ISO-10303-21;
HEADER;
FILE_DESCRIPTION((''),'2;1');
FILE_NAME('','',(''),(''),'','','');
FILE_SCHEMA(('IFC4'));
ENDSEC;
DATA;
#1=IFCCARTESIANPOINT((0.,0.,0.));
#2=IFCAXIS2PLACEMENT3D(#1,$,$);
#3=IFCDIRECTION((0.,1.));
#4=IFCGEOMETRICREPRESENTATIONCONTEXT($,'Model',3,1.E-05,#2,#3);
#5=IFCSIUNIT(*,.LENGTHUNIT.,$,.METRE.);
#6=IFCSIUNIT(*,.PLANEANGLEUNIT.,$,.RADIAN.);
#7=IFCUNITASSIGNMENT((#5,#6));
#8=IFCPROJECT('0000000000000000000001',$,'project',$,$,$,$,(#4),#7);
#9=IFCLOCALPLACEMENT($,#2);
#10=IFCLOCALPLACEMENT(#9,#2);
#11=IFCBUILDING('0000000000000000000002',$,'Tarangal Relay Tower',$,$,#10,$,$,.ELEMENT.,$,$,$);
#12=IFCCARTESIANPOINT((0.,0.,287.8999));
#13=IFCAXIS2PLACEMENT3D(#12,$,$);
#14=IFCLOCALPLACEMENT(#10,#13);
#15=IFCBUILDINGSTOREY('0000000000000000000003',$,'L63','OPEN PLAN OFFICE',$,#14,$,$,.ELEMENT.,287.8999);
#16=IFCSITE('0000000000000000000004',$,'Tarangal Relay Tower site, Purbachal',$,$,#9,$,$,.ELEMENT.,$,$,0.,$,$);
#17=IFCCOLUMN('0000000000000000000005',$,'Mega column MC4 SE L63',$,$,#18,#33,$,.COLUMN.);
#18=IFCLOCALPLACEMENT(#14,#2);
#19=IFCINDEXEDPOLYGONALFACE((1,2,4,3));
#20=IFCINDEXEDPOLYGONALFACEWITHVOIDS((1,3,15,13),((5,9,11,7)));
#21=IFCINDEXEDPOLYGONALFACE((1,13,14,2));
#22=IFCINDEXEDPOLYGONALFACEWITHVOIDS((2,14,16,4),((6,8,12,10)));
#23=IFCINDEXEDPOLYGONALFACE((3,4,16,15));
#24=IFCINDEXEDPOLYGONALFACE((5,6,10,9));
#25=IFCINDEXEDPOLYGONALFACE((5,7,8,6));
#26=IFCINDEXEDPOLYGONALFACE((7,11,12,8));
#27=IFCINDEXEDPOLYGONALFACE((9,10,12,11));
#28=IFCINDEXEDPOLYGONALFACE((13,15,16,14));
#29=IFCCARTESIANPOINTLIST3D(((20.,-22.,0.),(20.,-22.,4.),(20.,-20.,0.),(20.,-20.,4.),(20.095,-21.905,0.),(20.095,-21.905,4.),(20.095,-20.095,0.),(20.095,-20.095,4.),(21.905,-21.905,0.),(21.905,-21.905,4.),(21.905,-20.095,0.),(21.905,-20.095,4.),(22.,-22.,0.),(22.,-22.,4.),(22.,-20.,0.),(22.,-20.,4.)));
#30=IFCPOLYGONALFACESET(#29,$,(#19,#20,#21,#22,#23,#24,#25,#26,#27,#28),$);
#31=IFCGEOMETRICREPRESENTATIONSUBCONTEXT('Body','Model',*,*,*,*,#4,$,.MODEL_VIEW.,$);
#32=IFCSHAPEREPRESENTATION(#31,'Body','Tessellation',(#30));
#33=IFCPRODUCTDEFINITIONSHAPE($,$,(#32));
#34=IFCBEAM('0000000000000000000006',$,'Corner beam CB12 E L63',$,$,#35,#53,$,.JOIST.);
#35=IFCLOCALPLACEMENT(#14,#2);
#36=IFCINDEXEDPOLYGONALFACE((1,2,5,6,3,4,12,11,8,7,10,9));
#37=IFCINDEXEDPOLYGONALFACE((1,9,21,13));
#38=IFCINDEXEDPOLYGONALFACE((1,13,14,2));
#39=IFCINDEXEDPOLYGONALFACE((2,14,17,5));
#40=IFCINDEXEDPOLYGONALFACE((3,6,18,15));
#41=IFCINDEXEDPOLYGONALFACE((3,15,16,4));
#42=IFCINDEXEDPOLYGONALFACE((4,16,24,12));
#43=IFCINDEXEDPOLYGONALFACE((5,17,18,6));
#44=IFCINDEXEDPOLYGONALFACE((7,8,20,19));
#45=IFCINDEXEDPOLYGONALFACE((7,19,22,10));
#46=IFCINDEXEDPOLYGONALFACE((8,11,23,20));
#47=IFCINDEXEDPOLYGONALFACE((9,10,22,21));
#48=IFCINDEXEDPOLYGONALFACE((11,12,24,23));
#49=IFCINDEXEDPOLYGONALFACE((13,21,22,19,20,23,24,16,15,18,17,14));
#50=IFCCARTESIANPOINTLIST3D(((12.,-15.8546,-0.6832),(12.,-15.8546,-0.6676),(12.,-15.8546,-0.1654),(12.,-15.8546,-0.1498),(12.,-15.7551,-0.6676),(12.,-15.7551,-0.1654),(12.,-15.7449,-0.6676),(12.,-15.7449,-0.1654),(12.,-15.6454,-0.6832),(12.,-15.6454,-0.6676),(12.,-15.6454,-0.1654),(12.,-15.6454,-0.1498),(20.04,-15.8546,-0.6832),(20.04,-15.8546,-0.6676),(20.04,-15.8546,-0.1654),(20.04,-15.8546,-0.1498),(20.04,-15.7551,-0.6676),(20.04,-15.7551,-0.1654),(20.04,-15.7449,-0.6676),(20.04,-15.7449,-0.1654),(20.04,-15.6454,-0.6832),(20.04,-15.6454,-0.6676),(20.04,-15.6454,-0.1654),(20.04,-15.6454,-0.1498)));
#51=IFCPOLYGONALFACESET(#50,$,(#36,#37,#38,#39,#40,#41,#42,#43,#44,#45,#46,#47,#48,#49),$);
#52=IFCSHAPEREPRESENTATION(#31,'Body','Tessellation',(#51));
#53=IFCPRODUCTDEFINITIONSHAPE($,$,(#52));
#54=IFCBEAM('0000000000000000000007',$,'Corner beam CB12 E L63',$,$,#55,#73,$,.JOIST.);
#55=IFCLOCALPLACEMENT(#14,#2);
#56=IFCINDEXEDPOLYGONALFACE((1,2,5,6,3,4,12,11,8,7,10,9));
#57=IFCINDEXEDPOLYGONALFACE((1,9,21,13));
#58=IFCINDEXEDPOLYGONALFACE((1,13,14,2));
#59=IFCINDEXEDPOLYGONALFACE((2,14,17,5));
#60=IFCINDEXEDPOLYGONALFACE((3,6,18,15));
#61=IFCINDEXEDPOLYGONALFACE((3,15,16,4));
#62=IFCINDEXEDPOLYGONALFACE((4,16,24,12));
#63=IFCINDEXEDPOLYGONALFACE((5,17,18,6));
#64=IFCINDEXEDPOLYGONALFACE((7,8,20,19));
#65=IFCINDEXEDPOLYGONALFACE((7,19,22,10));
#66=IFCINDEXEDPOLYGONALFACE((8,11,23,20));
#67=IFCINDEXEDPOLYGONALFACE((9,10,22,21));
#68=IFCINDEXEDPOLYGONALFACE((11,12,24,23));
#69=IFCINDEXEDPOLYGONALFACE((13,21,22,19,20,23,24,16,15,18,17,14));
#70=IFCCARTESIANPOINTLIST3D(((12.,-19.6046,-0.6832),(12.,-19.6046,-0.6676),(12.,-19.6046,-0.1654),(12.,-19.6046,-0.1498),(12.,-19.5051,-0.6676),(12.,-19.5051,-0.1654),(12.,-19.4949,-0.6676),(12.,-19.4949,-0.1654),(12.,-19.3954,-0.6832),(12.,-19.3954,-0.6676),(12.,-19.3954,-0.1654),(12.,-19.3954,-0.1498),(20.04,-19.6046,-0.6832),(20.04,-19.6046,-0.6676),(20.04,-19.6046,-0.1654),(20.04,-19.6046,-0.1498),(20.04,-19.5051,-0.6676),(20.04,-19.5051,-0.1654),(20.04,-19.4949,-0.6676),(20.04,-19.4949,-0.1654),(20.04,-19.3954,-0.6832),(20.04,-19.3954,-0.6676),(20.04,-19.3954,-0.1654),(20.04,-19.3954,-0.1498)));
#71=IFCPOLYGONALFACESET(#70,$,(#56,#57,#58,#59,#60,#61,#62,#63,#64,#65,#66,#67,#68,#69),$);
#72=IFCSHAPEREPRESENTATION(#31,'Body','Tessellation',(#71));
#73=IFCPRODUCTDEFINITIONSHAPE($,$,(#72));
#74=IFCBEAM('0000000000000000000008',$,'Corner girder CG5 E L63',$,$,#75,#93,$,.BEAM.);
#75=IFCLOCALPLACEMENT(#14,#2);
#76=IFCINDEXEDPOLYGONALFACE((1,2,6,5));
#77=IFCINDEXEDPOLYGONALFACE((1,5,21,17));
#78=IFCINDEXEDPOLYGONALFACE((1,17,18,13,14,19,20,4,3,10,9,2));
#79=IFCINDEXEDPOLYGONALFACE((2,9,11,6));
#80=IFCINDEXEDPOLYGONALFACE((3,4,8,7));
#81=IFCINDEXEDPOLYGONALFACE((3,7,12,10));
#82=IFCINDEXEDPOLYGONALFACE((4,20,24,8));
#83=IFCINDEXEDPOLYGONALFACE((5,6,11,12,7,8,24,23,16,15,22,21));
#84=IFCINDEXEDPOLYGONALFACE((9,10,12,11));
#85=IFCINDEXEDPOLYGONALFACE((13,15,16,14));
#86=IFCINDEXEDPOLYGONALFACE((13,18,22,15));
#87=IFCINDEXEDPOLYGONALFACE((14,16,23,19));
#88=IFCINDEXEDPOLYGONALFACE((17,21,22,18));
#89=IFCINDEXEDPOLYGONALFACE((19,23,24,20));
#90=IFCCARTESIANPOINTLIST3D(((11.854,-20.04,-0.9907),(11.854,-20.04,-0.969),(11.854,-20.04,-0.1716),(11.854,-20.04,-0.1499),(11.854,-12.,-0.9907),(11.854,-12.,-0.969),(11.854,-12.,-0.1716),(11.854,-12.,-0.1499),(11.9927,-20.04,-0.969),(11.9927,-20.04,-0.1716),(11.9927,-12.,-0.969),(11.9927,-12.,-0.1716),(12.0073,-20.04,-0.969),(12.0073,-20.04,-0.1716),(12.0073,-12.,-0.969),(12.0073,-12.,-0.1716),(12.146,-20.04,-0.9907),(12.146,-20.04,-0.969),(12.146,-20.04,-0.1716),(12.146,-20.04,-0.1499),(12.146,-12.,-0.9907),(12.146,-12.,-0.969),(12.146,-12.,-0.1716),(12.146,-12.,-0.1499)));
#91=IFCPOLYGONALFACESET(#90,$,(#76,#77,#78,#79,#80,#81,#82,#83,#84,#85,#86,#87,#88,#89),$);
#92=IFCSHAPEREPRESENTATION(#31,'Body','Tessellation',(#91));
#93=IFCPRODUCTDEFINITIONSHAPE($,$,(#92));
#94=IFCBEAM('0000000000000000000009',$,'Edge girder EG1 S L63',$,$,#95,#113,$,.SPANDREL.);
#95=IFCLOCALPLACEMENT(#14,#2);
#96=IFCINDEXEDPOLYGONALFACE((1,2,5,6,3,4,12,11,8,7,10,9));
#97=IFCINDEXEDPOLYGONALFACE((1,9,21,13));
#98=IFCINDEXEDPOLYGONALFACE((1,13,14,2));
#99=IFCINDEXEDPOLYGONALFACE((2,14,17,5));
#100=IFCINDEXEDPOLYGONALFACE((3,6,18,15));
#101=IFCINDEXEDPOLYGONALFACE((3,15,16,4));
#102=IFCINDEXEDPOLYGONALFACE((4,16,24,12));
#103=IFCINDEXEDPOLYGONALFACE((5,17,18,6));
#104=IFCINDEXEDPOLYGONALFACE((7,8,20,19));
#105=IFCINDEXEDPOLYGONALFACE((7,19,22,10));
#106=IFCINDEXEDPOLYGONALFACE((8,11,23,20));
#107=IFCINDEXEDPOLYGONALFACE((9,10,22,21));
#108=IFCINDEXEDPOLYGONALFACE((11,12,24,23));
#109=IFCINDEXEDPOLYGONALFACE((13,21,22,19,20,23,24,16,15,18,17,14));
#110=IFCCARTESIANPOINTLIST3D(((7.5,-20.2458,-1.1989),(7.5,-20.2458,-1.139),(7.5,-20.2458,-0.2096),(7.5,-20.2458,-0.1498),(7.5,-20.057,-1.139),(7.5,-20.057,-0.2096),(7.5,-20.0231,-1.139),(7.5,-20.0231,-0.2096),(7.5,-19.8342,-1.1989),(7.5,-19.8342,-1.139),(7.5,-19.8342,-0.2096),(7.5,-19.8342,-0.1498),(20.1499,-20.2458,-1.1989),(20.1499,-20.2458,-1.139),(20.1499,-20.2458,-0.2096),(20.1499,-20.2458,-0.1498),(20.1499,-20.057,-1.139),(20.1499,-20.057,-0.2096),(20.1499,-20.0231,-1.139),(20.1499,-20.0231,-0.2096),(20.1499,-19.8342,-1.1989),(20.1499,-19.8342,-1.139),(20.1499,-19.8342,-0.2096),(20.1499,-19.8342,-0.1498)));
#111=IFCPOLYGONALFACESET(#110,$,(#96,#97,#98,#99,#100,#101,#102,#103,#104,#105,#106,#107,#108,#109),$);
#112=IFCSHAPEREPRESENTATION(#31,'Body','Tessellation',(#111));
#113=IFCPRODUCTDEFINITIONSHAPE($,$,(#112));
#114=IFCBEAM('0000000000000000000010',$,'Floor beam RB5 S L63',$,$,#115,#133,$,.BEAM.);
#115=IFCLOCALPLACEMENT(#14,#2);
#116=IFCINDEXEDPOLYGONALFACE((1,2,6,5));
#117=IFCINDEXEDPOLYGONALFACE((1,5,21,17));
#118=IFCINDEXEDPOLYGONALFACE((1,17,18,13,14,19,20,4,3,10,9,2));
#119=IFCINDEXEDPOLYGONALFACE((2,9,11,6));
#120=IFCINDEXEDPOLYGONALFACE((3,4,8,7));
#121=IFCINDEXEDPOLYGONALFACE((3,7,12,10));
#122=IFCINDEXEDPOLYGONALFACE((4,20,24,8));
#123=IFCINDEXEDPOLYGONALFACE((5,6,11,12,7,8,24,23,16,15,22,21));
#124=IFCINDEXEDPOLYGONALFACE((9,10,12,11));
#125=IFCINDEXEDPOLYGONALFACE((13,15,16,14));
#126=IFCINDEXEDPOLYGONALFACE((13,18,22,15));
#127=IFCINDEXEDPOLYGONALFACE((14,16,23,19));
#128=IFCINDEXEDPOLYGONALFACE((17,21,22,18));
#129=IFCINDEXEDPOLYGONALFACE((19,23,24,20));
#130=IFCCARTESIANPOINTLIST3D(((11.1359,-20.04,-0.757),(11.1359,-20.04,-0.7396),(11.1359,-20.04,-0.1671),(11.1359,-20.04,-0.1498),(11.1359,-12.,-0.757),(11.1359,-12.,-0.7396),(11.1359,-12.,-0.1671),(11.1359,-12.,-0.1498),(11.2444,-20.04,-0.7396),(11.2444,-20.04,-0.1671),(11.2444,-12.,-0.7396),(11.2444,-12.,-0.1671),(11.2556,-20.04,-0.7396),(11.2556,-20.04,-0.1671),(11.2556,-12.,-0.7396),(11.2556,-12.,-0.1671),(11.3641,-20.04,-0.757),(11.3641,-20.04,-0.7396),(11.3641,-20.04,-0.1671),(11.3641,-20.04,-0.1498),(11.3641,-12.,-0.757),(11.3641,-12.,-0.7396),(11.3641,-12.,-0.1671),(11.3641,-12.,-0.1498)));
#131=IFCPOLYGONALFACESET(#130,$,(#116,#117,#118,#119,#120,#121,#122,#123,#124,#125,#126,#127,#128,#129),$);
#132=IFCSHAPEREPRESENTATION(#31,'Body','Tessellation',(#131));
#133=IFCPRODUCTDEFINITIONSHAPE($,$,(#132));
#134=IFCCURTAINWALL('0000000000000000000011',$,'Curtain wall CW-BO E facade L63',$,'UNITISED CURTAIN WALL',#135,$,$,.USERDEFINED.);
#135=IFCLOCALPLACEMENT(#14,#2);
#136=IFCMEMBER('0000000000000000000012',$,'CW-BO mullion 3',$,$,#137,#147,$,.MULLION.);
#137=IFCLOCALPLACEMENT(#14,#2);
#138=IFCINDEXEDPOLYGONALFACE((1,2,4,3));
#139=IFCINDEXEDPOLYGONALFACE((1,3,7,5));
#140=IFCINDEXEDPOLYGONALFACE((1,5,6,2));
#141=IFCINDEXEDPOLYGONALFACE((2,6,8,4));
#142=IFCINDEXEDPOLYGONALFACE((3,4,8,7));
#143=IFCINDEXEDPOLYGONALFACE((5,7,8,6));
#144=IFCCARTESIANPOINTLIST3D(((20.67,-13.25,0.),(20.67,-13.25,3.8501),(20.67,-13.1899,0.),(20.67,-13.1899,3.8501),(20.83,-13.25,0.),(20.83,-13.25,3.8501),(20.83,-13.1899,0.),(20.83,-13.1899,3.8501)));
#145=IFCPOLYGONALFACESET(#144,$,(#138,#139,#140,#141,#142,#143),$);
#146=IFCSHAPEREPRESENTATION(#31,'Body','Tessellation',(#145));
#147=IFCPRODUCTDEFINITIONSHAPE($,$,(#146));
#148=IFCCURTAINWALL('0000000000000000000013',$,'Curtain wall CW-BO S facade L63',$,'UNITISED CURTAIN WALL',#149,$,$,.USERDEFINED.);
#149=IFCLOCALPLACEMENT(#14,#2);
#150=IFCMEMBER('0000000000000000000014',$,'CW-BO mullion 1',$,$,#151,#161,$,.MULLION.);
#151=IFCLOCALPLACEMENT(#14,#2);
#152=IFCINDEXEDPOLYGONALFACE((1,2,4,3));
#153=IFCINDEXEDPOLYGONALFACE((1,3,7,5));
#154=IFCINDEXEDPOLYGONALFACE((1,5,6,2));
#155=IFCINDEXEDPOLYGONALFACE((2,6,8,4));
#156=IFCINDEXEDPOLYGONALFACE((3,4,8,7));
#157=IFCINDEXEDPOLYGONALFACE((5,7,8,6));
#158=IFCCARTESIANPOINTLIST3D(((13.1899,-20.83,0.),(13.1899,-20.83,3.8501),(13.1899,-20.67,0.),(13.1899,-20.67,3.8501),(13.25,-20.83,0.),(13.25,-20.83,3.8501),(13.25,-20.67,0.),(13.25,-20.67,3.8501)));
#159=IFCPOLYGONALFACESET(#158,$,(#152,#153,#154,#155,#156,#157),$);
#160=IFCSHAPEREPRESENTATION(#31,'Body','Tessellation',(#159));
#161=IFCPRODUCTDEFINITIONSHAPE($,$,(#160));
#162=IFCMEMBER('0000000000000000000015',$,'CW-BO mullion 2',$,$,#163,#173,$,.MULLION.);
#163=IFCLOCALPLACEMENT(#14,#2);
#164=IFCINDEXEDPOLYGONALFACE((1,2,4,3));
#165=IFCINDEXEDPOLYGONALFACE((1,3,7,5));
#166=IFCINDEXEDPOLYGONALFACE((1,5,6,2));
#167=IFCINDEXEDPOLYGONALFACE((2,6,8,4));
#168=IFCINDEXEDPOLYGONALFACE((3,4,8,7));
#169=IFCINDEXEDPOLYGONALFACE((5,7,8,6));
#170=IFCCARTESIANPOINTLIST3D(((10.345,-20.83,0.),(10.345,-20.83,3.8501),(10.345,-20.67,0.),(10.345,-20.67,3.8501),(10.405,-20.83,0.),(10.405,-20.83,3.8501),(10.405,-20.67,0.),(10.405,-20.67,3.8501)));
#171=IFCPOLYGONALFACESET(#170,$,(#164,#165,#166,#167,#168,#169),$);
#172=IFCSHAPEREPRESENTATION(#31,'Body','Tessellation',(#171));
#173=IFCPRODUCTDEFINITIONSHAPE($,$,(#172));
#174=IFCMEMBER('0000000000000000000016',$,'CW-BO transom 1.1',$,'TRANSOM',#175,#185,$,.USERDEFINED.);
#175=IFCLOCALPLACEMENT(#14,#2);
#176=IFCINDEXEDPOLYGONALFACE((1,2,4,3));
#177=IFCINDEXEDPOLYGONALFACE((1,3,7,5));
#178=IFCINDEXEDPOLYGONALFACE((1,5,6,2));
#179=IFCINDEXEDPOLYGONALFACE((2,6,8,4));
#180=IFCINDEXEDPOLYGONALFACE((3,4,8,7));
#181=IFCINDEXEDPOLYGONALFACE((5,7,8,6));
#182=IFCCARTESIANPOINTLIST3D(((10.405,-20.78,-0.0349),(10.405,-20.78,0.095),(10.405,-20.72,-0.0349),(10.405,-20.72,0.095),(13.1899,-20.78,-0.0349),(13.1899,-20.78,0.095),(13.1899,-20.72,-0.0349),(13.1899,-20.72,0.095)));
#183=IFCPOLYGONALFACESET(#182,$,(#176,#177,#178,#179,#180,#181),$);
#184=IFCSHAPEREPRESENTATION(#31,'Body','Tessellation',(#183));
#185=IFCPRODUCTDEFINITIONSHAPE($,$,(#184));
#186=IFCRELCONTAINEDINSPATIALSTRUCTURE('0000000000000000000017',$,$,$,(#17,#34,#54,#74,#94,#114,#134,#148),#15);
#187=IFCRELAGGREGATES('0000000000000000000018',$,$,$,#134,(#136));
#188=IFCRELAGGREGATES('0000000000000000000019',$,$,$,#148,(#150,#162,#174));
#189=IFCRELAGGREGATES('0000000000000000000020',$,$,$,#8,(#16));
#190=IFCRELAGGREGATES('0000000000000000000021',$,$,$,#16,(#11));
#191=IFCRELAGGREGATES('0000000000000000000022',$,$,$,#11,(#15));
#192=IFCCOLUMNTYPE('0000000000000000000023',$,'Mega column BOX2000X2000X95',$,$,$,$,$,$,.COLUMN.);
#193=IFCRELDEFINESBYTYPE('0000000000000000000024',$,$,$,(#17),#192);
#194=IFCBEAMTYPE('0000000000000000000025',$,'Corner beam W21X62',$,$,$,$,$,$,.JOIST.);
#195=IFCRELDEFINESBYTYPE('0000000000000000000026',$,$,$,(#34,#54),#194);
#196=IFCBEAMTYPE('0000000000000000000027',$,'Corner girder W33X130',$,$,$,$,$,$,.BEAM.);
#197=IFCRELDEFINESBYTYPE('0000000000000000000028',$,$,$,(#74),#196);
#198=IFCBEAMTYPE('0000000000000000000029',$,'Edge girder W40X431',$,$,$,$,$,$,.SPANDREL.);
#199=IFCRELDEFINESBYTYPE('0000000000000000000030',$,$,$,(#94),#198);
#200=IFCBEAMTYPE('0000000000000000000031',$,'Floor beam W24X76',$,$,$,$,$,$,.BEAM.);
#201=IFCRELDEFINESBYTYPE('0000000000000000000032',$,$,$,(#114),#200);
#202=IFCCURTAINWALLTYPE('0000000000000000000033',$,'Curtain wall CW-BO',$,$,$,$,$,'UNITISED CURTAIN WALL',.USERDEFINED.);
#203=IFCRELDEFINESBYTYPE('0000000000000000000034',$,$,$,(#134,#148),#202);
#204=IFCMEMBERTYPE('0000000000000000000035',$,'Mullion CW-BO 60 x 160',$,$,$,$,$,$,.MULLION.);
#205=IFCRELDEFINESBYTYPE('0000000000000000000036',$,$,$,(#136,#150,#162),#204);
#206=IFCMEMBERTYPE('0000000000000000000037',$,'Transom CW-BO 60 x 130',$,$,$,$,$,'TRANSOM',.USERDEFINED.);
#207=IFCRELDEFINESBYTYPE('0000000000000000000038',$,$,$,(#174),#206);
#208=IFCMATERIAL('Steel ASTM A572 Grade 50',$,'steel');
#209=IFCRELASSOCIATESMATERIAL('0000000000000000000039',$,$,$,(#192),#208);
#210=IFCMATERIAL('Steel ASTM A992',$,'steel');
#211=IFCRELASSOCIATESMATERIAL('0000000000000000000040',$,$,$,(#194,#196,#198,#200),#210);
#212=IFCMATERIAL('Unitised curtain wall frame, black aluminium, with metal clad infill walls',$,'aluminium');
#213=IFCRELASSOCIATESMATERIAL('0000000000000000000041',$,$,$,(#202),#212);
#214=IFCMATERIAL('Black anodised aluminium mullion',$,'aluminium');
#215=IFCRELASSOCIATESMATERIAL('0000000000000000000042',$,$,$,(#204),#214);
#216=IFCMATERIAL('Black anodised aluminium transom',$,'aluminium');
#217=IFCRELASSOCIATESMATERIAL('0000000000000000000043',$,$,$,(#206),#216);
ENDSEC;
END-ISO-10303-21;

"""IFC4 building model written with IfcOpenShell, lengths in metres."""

from ifc_helpers import new_model, si_unit, direction, frame, origin, origin_2d, place, context, subcontext, project, spatial, rectangle, hollow_rectangle, i_section, extrude, material, material_profile, profile_set, type_object, element, aggregate, save


model = new_model("IFC4")

# Units and contexts
model_context = context("Model", 3, precision=1e-05, world=origin(), true_north=direction((0.0, 1.0)))
body_context = subcontext(model_context, "Body", "Model", "MODEL_VIEW")
ifc_project = project(units=[si_unit("LENGTHUNIT", "METRE"), si_unit("PLANEANGLEUNIT", "RADIAN")], contexts=[model_context])

# Site, building, storey
site_placement = place(None, origin())
site = spatial("IfcSite", under=ifc_project, at=site_placement, Name="Tarangal Relay Tower site, Purbachal", CompositionType="ELEMENT", RefElevation=0.0)
building_placement = place(site_placement, origin())
building = spatial("IfcBuilding", under=site, at=building_placement, Name="Tarangal Relay Tower", CompositionType="ELEMENT")
storey_placement = place(building_placement, frame((0.0, 0.0, 287.8999)))
storey = spatial("IfcBuildingStorey", under=building, at=storey_placement, Name="L63", Description="OPEN PLAN OFFICE", CompositionType="ELEMENT", Elevation=287.8999)

# Column
ifc_material_1 = material(Name="Steel ASTM A572 Grade 50", Category="steel")
ifc_material_profile_1 = material_profile(ifc_material_1, hollow_rectangle(XDim=2.0, YDim=2.0, WallThickness=0.095, at=origin_2d()), Name="BOX2000X2000X95")
ifc_profile_set_1 = profile_set([ifc_material_profile_1], Name="Steel ASTM A572 Grade 50")
column_type = type_object("IfcColumnType", Name="Mega column BOX2000X2000X95", PredefinedType="COLUMN", material=ifc_profile_set_1)
column_placement = place(storey_placement, frame((21.0, -21.0, 0.0), z_axis=(0.0, 0.0, 1.0), x_axis=(1.0, 0.0, 0.0)))
element("IfcColumn", 1, at=column_placement, inside=storey, type_object=column_type, Name="Mega column MC4 SE L63", PredefinedType="COLUMN", context=body_context, shape_type="SweptSolid", body=[
    extrude(hollow_rectangle(XDim=2.0, YDim=2.0, WallThickness=0.095, at=origin_2d()), origin(), (0.0, 0.0, 1.0), 4.0),
])

# Beams
ifc_material_2 = material(Name="Steel ASTM A992", Category="steel")
ifc_material_profile_2 = material_profile(ifc_material_2, i_section(OverallWidth=0.2092, OverallDepth=0.5334, WebThickness=0.0103, FlangeThickness=0.0156, at=origin_2d()), Name="W21X62")
ifc_profile_set_2 = profile_set([ifc_material_profile_2], Name="Steel ASTM A992")
beam_type_1 = type_object("IfcBeamType", Name="Corner beam W21X62", PredefinedType="JOIST", material=ifc_profile_set_2)
for number, where, z_axis, x_axis, name in (
    (2, (12.0, -15.75, -0.4165), (1.0, 0.0, 0.0), (0.0, 1.0, 0.0), "Corner beam CB12 E L63"),
    (3, (12.0, -19.5, -0.4165), (1.0, 0.0, 0.0), (0.0, 1.0, 0.0), "Corner beam CB12 E L63"),
):
    element("IfcBeam", number, at=place(storey_placement, frame(where, z_axis=z_axis, x_axis=x_axis)), inside=storey, type_object=beam_type_1, Name=name, PredefinedType="JOIST", context=body_context, shape_type="SweptSolid", body=[
        extrude(i_section(OverallWidth=0.2092, OverallDepth=0.5334, WebThickness=0.0103, FlangeThickness=0.0156, at=origin_2d()), origin(), (0.0, 0.0, 1.0), 8.04),
    ])
ifc_material_profile_3 = material_profile(ifc_material_2, i_section(OverallWidth=0.292, OverallDepth=0.8408, WebThickness=0.0146, FlangeThickness=0.0217, at=origin_2d()), Name="W33X130")
ifc_profile_set_3 = profile_set([ifc_material_profile_3], Name="Steel ASTM A992")
beam_type_2 = type_object("IfcBeamType", Name="Corner girder W33X130", PredefinedType="BEAM", material=ifc_profile_set_3)
beam_1_placement = place(storey_placement, frame((12.0, -12.0, -0.5703), z_axis=(0.0, -1.0, 0.0), x_axis=(1.0, 0.0, 0.0)))
element("IfcBeam", 4, at=beam_1_placement, inside=storey, type_object=beam_type_2, Name="Corner girder CG5 E L63", PredefinedType="BEAM", context=body_context, shape_type="SweptSolid", body=[
    extrude(i_section(OverallWidth=0.292, OverallDepth=0.8408, WebThickness=0.0146, FlangeThickness=0.0217, at=origin_2d()), origin(), (0.0, 0.0, 1.0), 8.04),
])
ifc_material_profile_4 = material_profile(ifc_material_2, i_section(OverallWidth=0.4116, OverallDepth=1.0491, WebThickness=0.0339, FlangeThickness=0.0598, at=origin_2d()), Name="W40X431")
ifc_profile_set_4 = profile_set([ifc_material_profile_4], Name="Steel ASTM A992")
beam_type_3 = type_object("IfcBeamType", Name="Edge girder W40X431", PredefinedType="SPANDREL", material=ifc_profile_set_4)
beam_2_placement = place(storey_placement, frame((20.1499, -20.04, -0.6743), z_axis=(-1.0, 0.0, 0.0), x_axis=(0.0, -1.0, 0.0)))
element("IfcBeam", 5, at=beam_2_placement, inside=storey, type_object=beam_type_3, Name="Edge girder EG1 S L63", PredefinedType="SPANDREL", context=body_context, shape_type="SweptSolid", body=[
    extrude(i_section(OverallWidth=0.4116, OverallDepth=1.0491, WebThickness=0.0339, FlangeThickness=0.0598, at=origin_2d()), origin(), (0.0, 0.0, 1.0), 12.6499),
])
ifc_material_profile_5 = material_profile(ifc_material_2, i_section(OverallWidth=0.2283, OverallDepth=0.6072, WebThickness=0.0112, FlangeThickness=0.0173, at=origin_2d()), Name="W24X76")
ifc_profile_set_5 = profile_set([ifc_material_profile_5], Name="Steel ASTM A992")
beam_type_4 = type_object("IfcBeamType", Name="Floor beam W24X76", PredefinedType="BEAM", material=ifc_profile_set_5)
beam_3_placement = place(storey_placement, frame((11.25, -12.0, -0.4534), z_axis=(0.0, -1.0, 0.0), x_axis=(1.0, 0.0, 0.0)))
element("IfcBeam", 6, at=beam_3_placement, inside=storey, type_object=beam_type_4, Name="Floor beam RB5 S L63", PredefinedType="BEAM", context=body_context, shape_type="SweptSolid", body=[
    extrude(i_section(OverallWidth=0.2283, OverallDepth=0.6072, WebThickness=0.0112, FlangeThickness=0.0173, at=origin_2d()), origin(), (0.0, 0.0, 1.0), 8.04),
])

# Curtain wall, member
ifc_material_3 = material(Name="Unitised curtain wall frame, black aluminium, with metal clad infill walls", Category="aluminium")
curtain_wall_type = type_object("IfcCurtainWallType", Name="Curtain wall CW-BO", ElementType="UNITISED CURTAIN WALL", PredefinedType="USERDEFINED", material=ifc_material_3)
curtain_wall_1_placement = place(storey_placement, origin())
curtain_wall_1 = element("IfcCurtainWall", 7, at=curtain_wall_1_placement, inside=storey, type_object=curtain_wall_type, Name="Curtain wall CW-BO E facade L63", ObjectType="UNITISED CURTAIN WALL", PredefinedType="USERDEFINED")
ifc_material_4 = material(Name="Black anodised aluminium mullion", Category="aluminium")
ifc_material_profile_6 = material_profile(ifc_material_4, rectangle(XDim=0.1599, YDim=0.0601, at=origin_2d()), Name="CW-BOM 60X160")
ifc_profile_set_6 = profile_set([ifc_material_profile_6], Name="Black anodised aluminium mullion")
member_type_1 = type_object("IfcMemberType", Name="Mullion CW-BO 60 x 160", PredefinedType="MULLION", material=ifc_profile_set_6)
member_1_placement = place(storey_placement, frame((20.75, -13.22, 0.0), z_axis=(0.0, 0.0, 1.0), x_axis=(1.0, 0.0, 0.0)))
member_1 = element("IfcMember", 8, at=member_1_placement, type_object=member_type_1, Name="CW-BO mullion 3", PredefinedType="MULLION", context=body_context, shape_type="SweptSolid", body=[
    extrude(rectangle(XDim=0.1599, YDim=0.0601, at=origin_2d()), origin(), (0.0, 0.0, 1.0), 3.8501),
])
aggregate(curtain_wall_1, [member_1])

# Curtain wall, members
curtain_wall_2_placement = place(storey_placement, origin())
curtain_wall_2 = element("IfcCurtainWall", 9, at=curtain_wall_2_placement, inside=storey, type_object=curtain_wall_type, Name="Curtain wall CW-BO S facade L63", ObjectType="UNITISED CURTAIN WALL", PredefinedType="USERDEFINED")
member_2_placement = place(storey_placement, frame((13.22, -20.75, 0.0), z_axis=(0.0, 0.0, 1.0), x_axis=(0.0, -1.0, 0.0)))
member_2 = element("IfcMember", 10, at=member_2_placement, type_object=member_type_1, Name="CW-BO mullion 1", PredefinedType="MULLION", context=body_context, shape_type="SweptSolid", body=[
    extrude(rectangle(XDim=0.1599, YDim=0.0601, at=origin_2d()), origin(), (0.0, 0.0, 1.0), 3.8501),
])
member_3_placement = place(storey_placement, frame((10.375, -20.75, 0.0), z_axis=(0.0, 0.0, 1.0), x_axis=(0.0, -1.0, 0.0)))
member_3 = element("IfcMember", 11, at=member_3_placement, type_object=member_type_1, Name="CW-BO mullion 2", PredefinedType="MULLION", context=body_context, shape_type="SweptSolid", body=[
    extrude(rectangle(XDim=0.1599, YDim=0.0601, at=origin_2d()), origin(), (0.0, 0.0, 1.0), 3.8501),
])
ifc_material_5 = material(Name="Black anodised aluminium transom", Category="aluminium")
ifc_material_profile_7 = material_profile(ifc_material_5, rectangle(XDim=0.0601, YDim=0.1299, at=origin_2d()), Name="CW-BOT 60X130")
ifc_profile_set_7 = profile_set([ifc_material_profile_7], Name="Black anodised aluminium transom")
member_type_2 = type_object("IfcMemberType", Name="Transom CW-BO 60 x 130", ElementType="TRANSOM", PredefinedType="USERDEFINED", material=ifc_profile_set_7)
member_4_placement = place(storey_placement, frame((13.1899, -20.75, 0.03), z_axis=(-1.0, 0.0, 0.0), x_axis=(0.0, -1.0, 0.0)))
member_4 = element("IfcMember", 12, at=member_4_placement, type_object=member_type_2, Name="CW-BO transom 1.1", ObjectType="TRANSOM", PredefinedType="USERDEFINED", context=body_context, shape_type="SweptSolid", body=[
    extrude(rectangle(XDim=0.0601, YDim=0.1299, at=origin_2d()), origin(), (0.0, 0.0, 1.0), 2.7849),
])
aggregate(curtain_wall_2, [member_2, member_3, member_4])

save(model, "model.ifc")
